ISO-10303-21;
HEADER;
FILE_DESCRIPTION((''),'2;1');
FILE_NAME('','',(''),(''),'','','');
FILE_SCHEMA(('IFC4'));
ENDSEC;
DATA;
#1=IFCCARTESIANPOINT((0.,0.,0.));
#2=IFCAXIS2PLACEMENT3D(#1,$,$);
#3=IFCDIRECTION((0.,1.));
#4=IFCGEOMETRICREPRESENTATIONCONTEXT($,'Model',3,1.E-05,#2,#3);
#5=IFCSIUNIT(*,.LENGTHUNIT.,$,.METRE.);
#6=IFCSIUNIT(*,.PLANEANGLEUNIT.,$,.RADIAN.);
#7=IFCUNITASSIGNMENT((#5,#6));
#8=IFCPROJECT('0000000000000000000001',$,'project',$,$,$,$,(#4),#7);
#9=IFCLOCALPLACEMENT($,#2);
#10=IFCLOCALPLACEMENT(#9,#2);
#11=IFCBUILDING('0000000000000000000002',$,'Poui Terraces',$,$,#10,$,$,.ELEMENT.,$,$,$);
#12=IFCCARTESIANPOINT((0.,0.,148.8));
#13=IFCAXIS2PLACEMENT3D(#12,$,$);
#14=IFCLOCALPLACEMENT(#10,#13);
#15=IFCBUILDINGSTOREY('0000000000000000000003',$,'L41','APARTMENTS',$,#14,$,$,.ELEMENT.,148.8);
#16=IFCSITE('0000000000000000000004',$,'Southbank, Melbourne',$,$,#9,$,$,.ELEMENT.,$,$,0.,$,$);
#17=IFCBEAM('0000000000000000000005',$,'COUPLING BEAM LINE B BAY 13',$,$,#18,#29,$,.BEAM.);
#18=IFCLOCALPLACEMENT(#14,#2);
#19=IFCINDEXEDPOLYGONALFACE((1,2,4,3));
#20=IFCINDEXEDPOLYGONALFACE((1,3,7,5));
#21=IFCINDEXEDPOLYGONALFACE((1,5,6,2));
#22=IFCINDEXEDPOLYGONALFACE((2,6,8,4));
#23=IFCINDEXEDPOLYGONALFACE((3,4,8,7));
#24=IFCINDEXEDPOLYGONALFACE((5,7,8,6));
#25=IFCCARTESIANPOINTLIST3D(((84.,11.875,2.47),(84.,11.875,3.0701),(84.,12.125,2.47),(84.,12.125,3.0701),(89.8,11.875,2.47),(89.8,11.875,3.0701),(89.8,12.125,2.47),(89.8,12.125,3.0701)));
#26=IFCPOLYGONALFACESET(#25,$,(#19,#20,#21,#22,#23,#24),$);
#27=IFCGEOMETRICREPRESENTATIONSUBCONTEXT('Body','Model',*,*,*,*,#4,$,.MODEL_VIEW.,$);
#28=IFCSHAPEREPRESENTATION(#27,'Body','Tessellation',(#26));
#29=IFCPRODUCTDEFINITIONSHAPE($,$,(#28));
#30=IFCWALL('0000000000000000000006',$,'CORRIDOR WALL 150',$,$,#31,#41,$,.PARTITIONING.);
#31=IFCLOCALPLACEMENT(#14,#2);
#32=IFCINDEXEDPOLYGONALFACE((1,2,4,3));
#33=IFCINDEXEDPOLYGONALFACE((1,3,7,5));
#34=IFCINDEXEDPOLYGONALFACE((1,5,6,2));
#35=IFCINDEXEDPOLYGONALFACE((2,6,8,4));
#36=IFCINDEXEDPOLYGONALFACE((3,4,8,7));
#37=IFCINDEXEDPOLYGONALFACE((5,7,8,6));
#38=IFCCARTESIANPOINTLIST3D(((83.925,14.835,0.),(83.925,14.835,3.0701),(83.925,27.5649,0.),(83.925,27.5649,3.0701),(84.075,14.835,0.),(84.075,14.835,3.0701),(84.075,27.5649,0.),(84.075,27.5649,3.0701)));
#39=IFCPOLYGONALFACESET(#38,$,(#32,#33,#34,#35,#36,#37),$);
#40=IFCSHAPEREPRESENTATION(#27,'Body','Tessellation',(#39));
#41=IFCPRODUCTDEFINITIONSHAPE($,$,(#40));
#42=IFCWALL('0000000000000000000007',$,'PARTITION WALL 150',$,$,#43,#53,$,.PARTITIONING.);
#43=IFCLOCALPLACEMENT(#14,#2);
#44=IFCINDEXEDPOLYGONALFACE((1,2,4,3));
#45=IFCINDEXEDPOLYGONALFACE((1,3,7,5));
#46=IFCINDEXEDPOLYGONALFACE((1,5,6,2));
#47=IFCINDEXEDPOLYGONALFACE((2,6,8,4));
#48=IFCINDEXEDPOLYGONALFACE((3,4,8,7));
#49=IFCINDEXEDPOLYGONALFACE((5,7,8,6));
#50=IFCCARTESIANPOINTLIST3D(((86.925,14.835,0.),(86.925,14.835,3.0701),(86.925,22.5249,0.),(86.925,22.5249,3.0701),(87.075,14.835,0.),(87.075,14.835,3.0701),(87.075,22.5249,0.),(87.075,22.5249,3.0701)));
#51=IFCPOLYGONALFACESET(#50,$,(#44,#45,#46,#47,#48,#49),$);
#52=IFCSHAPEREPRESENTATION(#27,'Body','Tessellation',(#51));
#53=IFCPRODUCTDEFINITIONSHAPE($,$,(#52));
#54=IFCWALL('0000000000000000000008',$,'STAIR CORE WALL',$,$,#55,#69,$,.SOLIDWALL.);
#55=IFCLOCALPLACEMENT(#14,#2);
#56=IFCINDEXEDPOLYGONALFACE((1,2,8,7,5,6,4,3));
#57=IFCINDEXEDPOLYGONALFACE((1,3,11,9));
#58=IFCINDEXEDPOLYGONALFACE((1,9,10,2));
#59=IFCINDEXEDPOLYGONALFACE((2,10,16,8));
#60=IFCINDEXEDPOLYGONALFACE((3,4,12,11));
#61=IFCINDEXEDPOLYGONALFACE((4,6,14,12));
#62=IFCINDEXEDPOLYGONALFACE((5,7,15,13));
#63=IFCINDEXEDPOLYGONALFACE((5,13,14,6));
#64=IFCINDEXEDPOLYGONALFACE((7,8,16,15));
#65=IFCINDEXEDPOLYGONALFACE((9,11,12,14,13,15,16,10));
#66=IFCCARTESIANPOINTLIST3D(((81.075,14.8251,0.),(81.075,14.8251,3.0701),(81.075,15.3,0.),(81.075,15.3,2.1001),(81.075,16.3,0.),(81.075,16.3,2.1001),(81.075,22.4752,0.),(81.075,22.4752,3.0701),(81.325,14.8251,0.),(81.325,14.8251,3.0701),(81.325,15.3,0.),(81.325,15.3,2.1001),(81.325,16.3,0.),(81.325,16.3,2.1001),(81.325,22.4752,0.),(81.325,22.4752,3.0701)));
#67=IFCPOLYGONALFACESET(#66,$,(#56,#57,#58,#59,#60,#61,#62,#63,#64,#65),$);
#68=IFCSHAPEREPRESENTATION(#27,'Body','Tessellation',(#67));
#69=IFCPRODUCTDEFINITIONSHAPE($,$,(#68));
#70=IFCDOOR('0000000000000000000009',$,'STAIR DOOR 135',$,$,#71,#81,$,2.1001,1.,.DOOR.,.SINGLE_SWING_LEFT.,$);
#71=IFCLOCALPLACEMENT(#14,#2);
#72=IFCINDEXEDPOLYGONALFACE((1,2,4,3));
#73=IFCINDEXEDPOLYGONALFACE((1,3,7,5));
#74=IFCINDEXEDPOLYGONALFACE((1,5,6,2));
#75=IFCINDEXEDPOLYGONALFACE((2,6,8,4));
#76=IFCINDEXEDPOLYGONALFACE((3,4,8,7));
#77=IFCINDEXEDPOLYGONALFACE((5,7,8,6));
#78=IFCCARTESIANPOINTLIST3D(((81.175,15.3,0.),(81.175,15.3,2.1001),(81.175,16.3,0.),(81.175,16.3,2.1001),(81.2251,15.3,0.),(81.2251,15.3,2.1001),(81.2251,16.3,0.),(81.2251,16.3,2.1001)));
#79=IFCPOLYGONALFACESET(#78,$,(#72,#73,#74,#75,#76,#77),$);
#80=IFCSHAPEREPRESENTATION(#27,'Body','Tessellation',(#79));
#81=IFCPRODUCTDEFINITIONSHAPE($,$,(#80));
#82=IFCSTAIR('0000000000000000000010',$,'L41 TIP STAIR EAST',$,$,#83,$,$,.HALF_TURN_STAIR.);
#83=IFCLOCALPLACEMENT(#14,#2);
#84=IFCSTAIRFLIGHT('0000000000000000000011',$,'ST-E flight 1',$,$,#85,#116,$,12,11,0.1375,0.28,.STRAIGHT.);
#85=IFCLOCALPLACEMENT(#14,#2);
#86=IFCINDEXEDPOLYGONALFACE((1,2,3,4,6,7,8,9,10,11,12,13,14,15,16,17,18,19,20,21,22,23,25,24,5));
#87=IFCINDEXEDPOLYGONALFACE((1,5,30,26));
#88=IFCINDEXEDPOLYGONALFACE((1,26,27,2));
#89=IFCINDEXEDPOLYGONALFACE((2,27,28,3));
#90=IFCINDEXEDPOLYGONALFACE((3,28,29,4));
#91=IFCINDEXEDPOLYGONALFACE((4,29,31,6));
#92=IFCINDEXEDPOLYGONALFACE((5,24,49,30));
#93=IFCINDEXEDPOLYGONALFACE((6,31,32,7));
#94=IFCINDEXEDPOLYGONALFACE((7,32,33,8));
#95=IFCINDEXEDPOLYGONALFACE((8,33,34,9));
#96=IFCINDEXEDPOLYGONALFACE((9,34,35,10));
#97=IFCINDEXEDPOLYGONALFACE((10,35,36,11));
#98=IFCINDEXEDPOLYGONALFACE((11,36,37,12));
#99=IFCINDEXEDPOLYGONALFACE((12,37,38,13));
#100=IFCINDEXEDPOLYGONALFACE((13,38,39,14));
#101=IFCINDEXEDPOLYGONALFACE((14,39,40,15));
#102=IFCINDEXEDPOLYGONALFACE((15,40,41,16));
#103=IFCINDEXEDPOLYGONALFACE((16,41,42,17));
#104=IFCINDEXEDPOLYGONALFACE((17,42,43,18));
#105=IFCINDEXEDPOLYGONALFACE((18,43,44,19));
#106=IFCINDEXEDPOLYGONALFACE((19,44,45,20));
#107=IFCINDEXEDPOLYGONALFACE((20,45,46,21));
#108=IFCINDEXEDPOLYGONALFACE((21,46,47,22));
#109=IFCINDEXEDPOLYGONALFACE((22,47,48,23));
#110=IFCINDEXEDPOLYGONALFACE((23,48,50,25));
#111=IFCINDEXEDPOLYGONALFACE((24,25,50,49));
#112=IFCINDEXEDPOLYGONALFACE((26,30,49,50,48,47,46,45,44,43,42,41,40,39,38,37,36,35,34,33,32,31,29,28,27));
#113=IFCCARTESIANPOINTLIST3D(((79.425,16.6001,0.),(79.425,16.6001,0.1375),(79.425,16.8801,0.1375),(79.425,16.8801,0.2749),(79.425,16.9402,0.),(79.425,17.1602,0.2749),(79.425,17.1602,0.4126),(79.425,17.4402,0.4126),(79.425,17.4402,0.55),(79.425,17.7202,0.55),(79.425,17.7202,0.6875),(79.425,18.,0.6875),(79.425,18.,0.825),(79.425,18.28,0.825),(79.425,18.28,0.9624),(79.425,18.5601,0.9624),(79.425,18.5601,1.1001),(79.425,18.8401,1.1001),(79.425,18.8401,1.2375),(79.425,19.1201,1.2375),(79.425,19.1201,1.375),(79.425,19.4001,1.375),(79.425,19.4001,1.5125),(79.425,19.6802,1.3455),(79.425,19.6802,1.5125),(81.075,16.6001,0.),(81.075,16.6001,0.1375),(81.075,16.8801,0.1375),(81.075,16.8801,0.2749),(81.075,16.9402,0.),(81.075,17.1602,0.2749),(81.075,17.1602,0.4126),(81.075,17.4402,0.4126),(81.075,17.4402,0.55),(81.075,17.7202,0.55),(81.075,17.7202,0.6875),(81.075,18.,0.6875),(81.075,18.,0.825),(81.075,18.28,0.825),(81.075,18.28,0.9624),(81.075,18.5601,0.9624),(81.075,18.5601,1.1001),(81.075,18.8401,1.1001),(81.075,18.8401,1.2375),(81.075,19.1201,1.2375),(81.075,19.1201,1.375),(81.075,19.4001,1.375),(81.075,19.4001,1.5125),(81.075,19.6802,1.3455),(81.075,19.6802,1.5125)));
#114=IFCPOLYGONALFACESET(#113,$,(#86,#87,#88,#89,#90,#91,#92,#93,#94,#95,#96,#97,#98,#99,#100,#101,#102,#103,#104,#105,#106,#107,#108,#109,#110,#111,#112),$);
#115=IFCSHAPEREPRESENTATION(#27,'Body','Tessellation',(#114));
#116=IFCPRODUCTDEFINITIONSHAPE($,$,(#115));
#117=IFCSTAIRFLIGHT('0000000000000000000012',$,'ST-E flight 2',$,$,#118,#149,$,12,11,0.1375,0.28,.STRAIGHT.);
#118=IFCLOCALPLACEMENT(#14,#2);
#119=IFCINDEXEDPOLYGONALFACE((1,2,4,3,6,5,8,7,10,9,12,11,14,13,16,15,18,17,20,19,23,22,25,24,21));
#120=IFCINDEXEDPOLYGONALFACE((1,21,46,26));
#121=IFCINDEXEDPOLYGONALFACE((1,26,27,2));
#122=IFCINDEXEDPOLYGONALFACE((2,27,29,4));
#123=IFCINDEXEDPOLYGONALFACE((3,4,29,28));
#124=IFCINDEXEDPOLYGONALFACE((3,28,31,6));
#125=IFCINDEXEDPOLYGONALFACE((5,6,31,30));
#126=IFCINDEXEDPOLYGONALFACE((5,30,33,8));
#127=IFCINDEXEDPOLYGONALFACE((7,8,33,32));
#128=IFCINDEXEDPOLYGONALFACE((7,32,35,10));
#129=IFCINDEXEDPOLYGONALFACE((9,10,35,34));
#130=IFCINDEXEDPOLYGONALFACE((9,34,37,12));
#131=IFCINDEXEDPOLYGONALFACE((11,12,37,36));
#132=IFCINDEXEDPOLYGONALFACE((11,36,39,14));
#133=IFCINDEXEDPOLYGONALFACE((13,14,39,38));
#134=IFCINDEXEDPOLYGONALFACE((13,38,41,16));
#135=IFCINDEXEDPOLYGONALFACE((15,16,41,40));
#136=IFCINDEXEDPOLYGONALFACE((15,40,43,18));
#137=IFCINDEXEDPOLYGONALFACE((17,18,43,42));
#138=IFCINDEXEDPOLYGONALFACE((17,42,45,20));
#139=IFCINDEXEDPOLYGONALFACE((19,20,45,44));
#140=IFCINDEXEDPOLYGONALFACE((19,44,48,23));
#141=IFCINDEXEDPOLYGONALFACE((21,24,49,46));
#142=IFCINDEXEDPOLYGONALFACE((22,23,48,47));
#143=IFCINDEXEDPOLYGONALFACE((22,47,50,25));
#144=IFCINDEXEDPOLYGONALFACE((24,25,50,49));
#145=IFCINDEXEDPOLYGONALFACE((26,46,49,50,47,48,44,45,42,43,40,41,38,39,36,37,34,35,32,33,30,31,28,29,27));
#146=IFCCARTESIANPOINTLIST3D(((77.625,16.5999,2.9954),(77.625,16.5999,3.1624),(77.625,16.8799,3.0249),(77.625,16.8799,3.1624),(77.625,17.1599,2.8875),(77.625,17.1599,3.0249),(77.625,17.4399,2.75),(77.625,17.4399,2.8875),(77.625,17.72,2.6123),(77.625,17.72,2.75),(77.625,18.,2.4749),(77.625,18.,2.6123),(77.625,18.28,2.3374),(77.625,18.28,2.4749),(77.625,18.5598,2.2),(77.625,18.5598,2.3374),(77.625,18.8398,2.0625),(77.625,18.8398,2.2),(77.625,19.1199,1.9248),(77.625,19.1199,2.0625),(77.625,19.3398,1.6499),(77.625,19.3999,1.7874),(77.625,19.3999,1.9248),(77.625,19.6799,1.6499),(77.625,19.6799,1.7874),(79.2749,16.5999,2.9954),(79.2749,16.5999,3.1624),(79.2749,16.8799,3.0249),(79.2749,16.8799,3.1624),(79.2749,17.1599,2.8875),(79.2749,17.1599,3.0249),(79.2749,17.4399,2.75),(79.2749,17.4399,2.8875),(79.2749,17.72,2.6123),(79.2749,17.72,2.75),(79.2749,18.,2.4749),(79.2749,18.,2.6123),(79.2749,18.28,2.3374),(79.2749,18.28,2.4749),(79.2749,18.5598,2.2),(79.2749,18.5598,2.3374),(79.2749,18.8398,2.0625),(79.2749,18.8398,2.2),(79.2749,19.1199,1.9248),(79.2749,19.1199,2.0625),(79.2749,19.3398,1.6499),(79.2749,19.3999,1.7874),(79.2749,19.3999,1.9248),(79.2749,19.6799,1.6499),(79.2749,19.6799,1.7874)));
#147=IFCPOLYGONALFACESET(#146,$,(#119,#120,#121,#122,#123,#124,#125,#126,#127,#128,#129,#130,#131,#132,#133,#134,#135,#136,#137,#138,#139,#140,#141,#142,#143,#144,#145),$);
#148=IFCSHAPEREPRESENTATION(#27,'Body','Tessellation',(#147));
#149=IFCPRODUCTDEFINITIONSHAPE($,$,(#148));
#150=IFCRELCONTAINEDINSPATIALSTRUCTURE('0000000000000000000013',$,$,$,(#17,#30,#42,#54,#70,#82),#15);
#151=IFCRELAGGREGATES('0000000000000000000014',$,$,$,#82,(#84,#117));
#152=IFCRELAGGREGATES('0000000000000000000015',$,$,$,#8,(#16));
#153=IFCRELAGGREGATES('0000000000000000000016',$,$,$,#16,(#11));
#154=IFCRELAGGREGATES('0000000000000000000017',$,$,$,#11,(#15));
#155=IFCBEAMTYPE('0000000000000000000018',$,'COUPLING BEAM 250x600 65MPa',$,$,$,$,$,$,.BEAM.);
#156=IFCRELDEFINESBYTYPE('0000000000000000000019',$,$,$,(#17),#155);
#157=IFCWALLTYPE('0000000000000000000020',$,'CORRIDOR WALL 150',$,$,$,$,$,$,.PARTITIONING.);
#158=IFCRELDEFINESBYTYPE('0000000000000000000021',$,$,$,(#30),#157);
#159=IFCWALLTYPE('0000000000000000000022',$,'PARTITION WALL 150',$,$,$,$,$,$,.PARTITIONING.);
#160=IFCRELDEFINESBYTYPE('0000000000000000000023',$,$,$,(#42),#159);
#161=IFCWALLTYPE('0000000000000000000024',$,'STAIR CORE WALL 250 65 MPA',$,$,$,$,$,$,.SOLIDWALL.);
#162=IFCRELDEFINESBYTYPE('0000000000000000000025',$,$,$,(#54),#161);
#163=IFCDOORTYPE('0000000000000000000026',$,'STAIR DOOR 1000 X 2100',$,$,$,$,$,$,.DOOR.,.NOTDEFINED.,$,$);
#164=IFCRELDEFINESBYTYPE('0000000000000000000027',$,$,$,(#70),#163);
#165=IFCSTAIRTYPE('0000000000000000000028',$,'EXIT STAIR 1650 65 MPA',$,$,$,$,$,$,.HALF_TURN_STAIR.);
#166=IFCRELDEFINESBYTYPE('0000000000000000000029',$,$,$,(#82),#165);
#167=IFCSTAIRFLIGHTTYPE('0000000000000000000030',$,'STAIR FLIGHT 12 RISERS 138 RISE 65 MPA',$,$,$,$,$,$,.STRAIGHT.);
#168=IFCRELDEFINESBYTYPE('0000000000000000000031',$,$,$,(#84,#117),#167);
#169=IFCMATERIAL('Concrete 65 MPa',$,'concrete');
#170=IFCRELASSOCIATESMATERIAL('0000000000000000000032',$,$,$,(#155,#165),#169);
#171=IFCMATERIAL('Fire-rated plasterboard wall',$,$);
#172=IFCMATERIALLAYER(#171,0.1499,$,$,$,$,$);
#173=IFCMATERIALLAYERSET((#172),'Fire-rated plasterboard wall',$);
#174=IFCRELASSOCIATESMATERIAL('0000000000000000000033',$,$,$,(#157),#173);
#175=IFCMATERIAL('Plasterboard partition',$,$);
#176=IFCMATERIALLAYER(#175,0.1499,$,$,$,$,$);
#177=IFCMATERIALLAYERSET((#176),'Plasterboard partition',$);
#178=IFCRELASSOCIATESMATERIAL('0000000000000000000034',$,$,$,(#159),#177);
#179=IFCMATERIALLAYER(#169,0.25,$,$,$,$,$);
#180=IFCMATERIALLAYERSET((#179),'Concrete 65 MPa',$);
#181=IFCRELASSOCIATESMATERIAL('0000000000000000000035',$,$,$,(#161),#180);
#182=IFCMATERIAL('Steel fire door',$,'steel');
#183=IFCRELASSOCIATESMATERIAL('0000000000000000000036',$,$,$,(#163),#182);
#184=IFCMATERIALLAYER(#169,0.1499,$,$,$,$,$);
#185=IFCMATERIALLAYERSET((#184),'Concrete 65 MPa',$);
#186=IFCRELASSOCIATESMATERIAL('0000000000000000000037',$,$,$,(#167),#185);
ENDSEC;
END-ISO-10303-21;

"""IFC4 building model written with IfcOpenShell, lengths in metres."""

from ifc_helpers import new_model, si_unit, direction, frame, frame_2d, origin, origin_2d, place, context, subcontext, project, spatial, polyline, rectangle, outline, extrude, source, transform, mapped, material, layer, layer_set, material_profile, profile_set, type_object, element, fill, aggregate, save


model = new_model("IFC4")

# Units and contexts
model_context = context("Model", 3, precision=1e-05, world=origin(), true_north=direction((0.0, 1.0)))
body_context = subcontext(model_context, "Body", "Model", "MODEL_VIEW")
ifc_project = project(units=[si_unit("LENGTHUNIT", "METRE"), si_unit("PLANEANGLEUNIT", "RADIAN")], contexts=[model_context])

# Site, building, storey
site_placement = place(None, origin())
site = spatial("IfcSite", under=ifc_project, at=site_placement, Name="Southbank, Melbourne", CompositionType="ELEMENT", RefElevation=0.0)
building_placement = place(site_placement, origin())
building = spatial("IfcBuilding", under=site, at=building_placement, Name="Poui Terraces", CompositionType="ELEMENT")
storey_placement = place(building_placement, frame((0.0, 0.0, 148.8)))
storey = spatial("IfcBuildingStorey", under=building, at=storey_placement, Name="L41", Description="APARTMENTS", CompositionType="ELEMENT", Elevation=148.8)

# Beam
ifc_material_1 = material(Name="Concrete 65 MPa", Category="concrete")
ifc_material_profile = material_profile(ifc_material_1, rectangle(XDim=0.25, YDim=0.6001, at=origin_2d()), Name="RC 250x600")
ifc_profile_set = profile_set([ifc_material_profile], Name="Concrete 65 MPa")
beam_type = type_object("IfcBeamType", Name="COUPLING BEAM 250x600 65MPa", PredefinedType="BEAM", material=ifc_profile_set)
shared_shape = source(origin(), body_context, "Body", "SweptSolid", [
    extrude(rectangle(XDim=0.25, YDim=0.6001, at=origin_2d()), origin(), (0.0, 0.0, 1.0), 5.8),
])
beam_placement = place(storey_placement, frame((84.0, 12.0, 2.77), z_axis=(1.0, 0.0, 0.0), x_axis=(0.0, 1.0, 0.0)))
element("IfcBeam", 1, at=beam_placement, inside=storey, type_object=beam_type, Name="COUPLING BEAM LINE B BAY 13", PredefinedType="BEAM", context=body_context, shape_type="MappedRepresentation", body=[
    mapped(shared_shape, transform((0.0, 0.0, 0.0))),
])

# Walls
ifc_material_2 = material(Name="Fire-rated plasterboard wall")
ifc_layer_1 = layer(ifc_material_2, 0.1499)
ifc_layer_set_1 = layer_set([ifc_layer_1], Name="Fire-rated plasterboard wall")
wall_type_1 = type_object("IfcWallType", Name="CORRIDOR WALL 150", PredefinedType="PARTITIONING", material=ifc_layer_set_1)
wall_1_placement = place(storey_placement, frame((84.0, 14.835, 0.0), z_axis=(0.0, 0.0, 1.0), x_axis=(0.0, 1.0, 0.0)))
element("IfcWall", 2, at=wall_1_placement, inside=storey, type_object=wall_type_1, Name="CORRIDOR WALL 150", PredefinedType="PARTITIONING", context=body_context, shape_type="SweptSolid", body=[
    extrude(rectangle(XDim=12.73, YDim=0.1499, at=frame_2d((6.365, 0.0))), origin(), (0.0, 0.0, 1.0), 3.0701),
])
ifc_material_3 = material(Name="Plasterboard partition")
ifc_layer_2 = layer(ifc_material_3, 0.1499)
ifc_layer_set_2 = layer_set([ifc_layer_2], Name="Plasterboard partition")
wall_type_2 = type_object("IfcWallType", Name="PARTITION WALL 150", PredefinedType="PARTITIONING", material=ifc_layer_set_2)
wall_2_placement = place(storey_placement, frame((87.0, 14.835, 0.0), z_axis=(0.0, 0.0, 1.0), x_axis=(0.0, 1.0, 0.0)))
element("IfcWall", 3, at=wall_2_placement, inside=storey, type_object=wall_type_2, Name="PARTITION WALL 150", PredefinedType="PARTITIONING", context=body_context, shape_type="SweptSolid", body=[
    extrude(rectangle(XDim=7.6899, YDim=0.1499, at=frame_2d((3.845, 0.0))), origin(), (0.0, 0.0, 1.0), 3.0701),
])

# Wall, opening, door
ifc_layer_3 = layer(ifc_material_1, 0.25)
ifc_layer_set_3 = layer_set([ifc_layer_3], Name="Concrete 65 MPa")
wall_type_3 = type_object("IfcWallType", Name="STAIR CORE WALL 250 65 MPA", PredefinedType="SOLIDWALL", material=ifc_layer_set_3)
wall_3_placement = place(storey_placement, frame((81.2, 14.825, 0.0), z_axis=(0.0, 0.0, 1.0), x_axis=(0.0, 1.0, 0.0)))
wall_3 = element("IfcWall", 4, at=wall_3_placement, inside=storey, type_object=wall_type_3, Name="STAIR CORE WALL", PredefinedType="SOLIDWALL", context=body_context, shape_type="SweptSolid", body=[
    extrude(rectangle(XDim=7.6501, YDim=0.25, at=frame_2d((3.8252, 0.0))), origin(), (0.0, 0.0, 1.0), 3.0701),
])
opening_placement = place(wall_3_placement, frame((0.4751, 0.0, 0.0)))
opening = element("IfcOpeningElement", 5, at=opening_placement, cuts=wall_3, PredefinedType="OPENING", context=body_context, shape_type="SweptSolid", body=[
    extrude(rectangle(XDim=1.0, YDim=2.1001, at=frame_2d((0.5, 1.05))), frame((0.0, 0.135, 0.0), z_axis=(0.0, -1.0, 0.0), x_axis=(1.0, 0.0, 0.0)), (0.0, 0.0, 1.0), 0.27),
])
ifc_material_4 = material(Name="Steel fire door", Category="steel")
door_type = type_object("IfcDoorType", Name="STAIR DOOR 1000 X 2100", OperationType="NOTDEFINED", PredefinedType="DOOR", material=ifc_material_4)
door_placement = place(opening_placement, origin())
door = element("IfcDoor", 6, at=door_placement, inside=storey, type_object=door_type, Name="STAIR DOOR 135", OperationType="SINGLE_SWING_LEFT", OverallHeight=2.1001, OverallWidth=1.0, PredefinedType="DOOR", context=body_context, shape_type="SweptSolid", body=[
    extrude(rectangle(XDim=1.0, YDim=2.1001, at=frame_2d((0.5, 1.05))), frame((0.0, 0.0249, 0.0), z_axis=(0.0, -1.0, 0.0), x_axis=(1.0, 0.0, 0.0)), (0.0, 0.0, 1.0), 0.05),
])
fill(opening, door)

# Stair, stair flights
stair_type = type_object("IfcStairType", Name="EXIT STAIR 1650 65 MPA", PredefinedType="HALF_TURN_STAIR", material=ifc_material_1)
stair_placement = place(storey_placement, origin())
stair = element("IfcStair", 7, at=stair_placement, inside=storey, type_object=stair_type, Name="L41 TIP STAIR EAST", PredefinedType="HALF_TURN_STAIR")
ifc_layer_4 = layer(ifc_material_1, 0.1499)
ifc_layer_set_4 = layer_set([ifc_layer_4], Name="Concrete 65 MPa")
stair_flight_type = type_object("IfcStairFlightType", Name="STAIR FLIGHT 12 RISERS 138 RISE 65 MPA", PredefinedType="STRAIGHT", material=ifc_layer_set_4)
stair_flight_1_placement = place(storey_placement, frame((80.25, 16.6001, 0.0), z_axis=(0.0, 0.0, 1.0), x_axis=(0.0, 1.0, 0.0)))
stair_flight_1 = element("IfcStairFlight", 8, at=stair_flight_1_placement, type_object=stair_flight_type, Name="ST-E flight 1", NumberOfRisers=12, NumberOfTreads=11, PredefinedType="STRAIGHT", RiserHeight=0.1375, TreadLength=0.28, context=body_context, shape_type="SweptSolid", body=[
    extrude(outline(polyline([(0.0, 0.0), (0.0, 0.1375), (0.28, 0.1375), (0.28, 0.2749), (0.5601, 0.2749), (0.5601, 0.4126), (0.8401, 0.4126), (0.8401, 0.55), (1.1201, 0.55), (1.1201, 0.6875), (1.3999, 0.6875), (1.3999, 0.825), (1.6799, 0.825), (1.6799, 0.9624), (1.96, 0.9624), (1.96, 1.1001), (2.24, 1.1001), (2.24, 1.2375), (2.52, 1.2375), (2.52, 1.375), (2.8, 1.375), (2.8, 1.5125), (3.0801, 1.5125), (3.0801, 1.6499), (3.0801, 1.3455), (0.3401, 0.0), (0.0, 0.0)])), frame((0.0, 0.825, 0.0), z_axis=(0.0, -1.0, 0.0), x_axis=(1.0, 0.0, 0.0)), (0.0, 0.0, 1.0), 1.6499),
])
stair_flight_2_placement = place(storey_placement, frame((78.45, 19.6799, 1.6499), z_axis=(0.0, 0.0, 1.0), x_axis=(0.0, -1.0, 0.0)))
stair_flight_2 = element("IfcStairFlight", 9, at=stair_flight_2_placement, type_object=stair_flight_type, Name="ST-E flight 2", NumberOfRisers=12, NumberOfTreads=11, PredefinedType="STRAIGHT", RiserHeight=0.1375, TreadLength=0.28, context=body_context, shape_type="SweptSolid", body=[
    extrude(outline(polyline([(0.0, 0.0), (0.0, 0.1375), (0.28, 0.1375), (0.28, 0.2749), (0.5601, 0.2749), (0.5601, 0.4126), (0.8401, 0.4126), (0.8401, 0.55), (1.1201, 0.55), (1.1201, 0.6875), (1.3999, 0.6875), (1.3999, 0.825), (1.6799, 0.825), (1.6799, 0.9624), (1.96, 0.9624), (1.96, 1.1001), (2.24, 1.1001), (2.24, 1.2375), (2.52, 1.2375), (2.52, 1.375), (2.8, 1.375), (2.8, 1.5125), (3.0801, 1.5125), (3.0801, 1.6499), (3.0801, 1.3455), (0.3401, 0.0), (0.0, 0.0)])), frame((0.0, 0.825, 0.0), z_axis=(0.0, -1.0, 0.0), x_axis=(1.0, 0.0, 0.0)), (0.0, 0.0, 1.0), 1.6499),
])
aggregate(stair, [stair_flight_1, stair_flight_2])

save(model, "model.ifc")
